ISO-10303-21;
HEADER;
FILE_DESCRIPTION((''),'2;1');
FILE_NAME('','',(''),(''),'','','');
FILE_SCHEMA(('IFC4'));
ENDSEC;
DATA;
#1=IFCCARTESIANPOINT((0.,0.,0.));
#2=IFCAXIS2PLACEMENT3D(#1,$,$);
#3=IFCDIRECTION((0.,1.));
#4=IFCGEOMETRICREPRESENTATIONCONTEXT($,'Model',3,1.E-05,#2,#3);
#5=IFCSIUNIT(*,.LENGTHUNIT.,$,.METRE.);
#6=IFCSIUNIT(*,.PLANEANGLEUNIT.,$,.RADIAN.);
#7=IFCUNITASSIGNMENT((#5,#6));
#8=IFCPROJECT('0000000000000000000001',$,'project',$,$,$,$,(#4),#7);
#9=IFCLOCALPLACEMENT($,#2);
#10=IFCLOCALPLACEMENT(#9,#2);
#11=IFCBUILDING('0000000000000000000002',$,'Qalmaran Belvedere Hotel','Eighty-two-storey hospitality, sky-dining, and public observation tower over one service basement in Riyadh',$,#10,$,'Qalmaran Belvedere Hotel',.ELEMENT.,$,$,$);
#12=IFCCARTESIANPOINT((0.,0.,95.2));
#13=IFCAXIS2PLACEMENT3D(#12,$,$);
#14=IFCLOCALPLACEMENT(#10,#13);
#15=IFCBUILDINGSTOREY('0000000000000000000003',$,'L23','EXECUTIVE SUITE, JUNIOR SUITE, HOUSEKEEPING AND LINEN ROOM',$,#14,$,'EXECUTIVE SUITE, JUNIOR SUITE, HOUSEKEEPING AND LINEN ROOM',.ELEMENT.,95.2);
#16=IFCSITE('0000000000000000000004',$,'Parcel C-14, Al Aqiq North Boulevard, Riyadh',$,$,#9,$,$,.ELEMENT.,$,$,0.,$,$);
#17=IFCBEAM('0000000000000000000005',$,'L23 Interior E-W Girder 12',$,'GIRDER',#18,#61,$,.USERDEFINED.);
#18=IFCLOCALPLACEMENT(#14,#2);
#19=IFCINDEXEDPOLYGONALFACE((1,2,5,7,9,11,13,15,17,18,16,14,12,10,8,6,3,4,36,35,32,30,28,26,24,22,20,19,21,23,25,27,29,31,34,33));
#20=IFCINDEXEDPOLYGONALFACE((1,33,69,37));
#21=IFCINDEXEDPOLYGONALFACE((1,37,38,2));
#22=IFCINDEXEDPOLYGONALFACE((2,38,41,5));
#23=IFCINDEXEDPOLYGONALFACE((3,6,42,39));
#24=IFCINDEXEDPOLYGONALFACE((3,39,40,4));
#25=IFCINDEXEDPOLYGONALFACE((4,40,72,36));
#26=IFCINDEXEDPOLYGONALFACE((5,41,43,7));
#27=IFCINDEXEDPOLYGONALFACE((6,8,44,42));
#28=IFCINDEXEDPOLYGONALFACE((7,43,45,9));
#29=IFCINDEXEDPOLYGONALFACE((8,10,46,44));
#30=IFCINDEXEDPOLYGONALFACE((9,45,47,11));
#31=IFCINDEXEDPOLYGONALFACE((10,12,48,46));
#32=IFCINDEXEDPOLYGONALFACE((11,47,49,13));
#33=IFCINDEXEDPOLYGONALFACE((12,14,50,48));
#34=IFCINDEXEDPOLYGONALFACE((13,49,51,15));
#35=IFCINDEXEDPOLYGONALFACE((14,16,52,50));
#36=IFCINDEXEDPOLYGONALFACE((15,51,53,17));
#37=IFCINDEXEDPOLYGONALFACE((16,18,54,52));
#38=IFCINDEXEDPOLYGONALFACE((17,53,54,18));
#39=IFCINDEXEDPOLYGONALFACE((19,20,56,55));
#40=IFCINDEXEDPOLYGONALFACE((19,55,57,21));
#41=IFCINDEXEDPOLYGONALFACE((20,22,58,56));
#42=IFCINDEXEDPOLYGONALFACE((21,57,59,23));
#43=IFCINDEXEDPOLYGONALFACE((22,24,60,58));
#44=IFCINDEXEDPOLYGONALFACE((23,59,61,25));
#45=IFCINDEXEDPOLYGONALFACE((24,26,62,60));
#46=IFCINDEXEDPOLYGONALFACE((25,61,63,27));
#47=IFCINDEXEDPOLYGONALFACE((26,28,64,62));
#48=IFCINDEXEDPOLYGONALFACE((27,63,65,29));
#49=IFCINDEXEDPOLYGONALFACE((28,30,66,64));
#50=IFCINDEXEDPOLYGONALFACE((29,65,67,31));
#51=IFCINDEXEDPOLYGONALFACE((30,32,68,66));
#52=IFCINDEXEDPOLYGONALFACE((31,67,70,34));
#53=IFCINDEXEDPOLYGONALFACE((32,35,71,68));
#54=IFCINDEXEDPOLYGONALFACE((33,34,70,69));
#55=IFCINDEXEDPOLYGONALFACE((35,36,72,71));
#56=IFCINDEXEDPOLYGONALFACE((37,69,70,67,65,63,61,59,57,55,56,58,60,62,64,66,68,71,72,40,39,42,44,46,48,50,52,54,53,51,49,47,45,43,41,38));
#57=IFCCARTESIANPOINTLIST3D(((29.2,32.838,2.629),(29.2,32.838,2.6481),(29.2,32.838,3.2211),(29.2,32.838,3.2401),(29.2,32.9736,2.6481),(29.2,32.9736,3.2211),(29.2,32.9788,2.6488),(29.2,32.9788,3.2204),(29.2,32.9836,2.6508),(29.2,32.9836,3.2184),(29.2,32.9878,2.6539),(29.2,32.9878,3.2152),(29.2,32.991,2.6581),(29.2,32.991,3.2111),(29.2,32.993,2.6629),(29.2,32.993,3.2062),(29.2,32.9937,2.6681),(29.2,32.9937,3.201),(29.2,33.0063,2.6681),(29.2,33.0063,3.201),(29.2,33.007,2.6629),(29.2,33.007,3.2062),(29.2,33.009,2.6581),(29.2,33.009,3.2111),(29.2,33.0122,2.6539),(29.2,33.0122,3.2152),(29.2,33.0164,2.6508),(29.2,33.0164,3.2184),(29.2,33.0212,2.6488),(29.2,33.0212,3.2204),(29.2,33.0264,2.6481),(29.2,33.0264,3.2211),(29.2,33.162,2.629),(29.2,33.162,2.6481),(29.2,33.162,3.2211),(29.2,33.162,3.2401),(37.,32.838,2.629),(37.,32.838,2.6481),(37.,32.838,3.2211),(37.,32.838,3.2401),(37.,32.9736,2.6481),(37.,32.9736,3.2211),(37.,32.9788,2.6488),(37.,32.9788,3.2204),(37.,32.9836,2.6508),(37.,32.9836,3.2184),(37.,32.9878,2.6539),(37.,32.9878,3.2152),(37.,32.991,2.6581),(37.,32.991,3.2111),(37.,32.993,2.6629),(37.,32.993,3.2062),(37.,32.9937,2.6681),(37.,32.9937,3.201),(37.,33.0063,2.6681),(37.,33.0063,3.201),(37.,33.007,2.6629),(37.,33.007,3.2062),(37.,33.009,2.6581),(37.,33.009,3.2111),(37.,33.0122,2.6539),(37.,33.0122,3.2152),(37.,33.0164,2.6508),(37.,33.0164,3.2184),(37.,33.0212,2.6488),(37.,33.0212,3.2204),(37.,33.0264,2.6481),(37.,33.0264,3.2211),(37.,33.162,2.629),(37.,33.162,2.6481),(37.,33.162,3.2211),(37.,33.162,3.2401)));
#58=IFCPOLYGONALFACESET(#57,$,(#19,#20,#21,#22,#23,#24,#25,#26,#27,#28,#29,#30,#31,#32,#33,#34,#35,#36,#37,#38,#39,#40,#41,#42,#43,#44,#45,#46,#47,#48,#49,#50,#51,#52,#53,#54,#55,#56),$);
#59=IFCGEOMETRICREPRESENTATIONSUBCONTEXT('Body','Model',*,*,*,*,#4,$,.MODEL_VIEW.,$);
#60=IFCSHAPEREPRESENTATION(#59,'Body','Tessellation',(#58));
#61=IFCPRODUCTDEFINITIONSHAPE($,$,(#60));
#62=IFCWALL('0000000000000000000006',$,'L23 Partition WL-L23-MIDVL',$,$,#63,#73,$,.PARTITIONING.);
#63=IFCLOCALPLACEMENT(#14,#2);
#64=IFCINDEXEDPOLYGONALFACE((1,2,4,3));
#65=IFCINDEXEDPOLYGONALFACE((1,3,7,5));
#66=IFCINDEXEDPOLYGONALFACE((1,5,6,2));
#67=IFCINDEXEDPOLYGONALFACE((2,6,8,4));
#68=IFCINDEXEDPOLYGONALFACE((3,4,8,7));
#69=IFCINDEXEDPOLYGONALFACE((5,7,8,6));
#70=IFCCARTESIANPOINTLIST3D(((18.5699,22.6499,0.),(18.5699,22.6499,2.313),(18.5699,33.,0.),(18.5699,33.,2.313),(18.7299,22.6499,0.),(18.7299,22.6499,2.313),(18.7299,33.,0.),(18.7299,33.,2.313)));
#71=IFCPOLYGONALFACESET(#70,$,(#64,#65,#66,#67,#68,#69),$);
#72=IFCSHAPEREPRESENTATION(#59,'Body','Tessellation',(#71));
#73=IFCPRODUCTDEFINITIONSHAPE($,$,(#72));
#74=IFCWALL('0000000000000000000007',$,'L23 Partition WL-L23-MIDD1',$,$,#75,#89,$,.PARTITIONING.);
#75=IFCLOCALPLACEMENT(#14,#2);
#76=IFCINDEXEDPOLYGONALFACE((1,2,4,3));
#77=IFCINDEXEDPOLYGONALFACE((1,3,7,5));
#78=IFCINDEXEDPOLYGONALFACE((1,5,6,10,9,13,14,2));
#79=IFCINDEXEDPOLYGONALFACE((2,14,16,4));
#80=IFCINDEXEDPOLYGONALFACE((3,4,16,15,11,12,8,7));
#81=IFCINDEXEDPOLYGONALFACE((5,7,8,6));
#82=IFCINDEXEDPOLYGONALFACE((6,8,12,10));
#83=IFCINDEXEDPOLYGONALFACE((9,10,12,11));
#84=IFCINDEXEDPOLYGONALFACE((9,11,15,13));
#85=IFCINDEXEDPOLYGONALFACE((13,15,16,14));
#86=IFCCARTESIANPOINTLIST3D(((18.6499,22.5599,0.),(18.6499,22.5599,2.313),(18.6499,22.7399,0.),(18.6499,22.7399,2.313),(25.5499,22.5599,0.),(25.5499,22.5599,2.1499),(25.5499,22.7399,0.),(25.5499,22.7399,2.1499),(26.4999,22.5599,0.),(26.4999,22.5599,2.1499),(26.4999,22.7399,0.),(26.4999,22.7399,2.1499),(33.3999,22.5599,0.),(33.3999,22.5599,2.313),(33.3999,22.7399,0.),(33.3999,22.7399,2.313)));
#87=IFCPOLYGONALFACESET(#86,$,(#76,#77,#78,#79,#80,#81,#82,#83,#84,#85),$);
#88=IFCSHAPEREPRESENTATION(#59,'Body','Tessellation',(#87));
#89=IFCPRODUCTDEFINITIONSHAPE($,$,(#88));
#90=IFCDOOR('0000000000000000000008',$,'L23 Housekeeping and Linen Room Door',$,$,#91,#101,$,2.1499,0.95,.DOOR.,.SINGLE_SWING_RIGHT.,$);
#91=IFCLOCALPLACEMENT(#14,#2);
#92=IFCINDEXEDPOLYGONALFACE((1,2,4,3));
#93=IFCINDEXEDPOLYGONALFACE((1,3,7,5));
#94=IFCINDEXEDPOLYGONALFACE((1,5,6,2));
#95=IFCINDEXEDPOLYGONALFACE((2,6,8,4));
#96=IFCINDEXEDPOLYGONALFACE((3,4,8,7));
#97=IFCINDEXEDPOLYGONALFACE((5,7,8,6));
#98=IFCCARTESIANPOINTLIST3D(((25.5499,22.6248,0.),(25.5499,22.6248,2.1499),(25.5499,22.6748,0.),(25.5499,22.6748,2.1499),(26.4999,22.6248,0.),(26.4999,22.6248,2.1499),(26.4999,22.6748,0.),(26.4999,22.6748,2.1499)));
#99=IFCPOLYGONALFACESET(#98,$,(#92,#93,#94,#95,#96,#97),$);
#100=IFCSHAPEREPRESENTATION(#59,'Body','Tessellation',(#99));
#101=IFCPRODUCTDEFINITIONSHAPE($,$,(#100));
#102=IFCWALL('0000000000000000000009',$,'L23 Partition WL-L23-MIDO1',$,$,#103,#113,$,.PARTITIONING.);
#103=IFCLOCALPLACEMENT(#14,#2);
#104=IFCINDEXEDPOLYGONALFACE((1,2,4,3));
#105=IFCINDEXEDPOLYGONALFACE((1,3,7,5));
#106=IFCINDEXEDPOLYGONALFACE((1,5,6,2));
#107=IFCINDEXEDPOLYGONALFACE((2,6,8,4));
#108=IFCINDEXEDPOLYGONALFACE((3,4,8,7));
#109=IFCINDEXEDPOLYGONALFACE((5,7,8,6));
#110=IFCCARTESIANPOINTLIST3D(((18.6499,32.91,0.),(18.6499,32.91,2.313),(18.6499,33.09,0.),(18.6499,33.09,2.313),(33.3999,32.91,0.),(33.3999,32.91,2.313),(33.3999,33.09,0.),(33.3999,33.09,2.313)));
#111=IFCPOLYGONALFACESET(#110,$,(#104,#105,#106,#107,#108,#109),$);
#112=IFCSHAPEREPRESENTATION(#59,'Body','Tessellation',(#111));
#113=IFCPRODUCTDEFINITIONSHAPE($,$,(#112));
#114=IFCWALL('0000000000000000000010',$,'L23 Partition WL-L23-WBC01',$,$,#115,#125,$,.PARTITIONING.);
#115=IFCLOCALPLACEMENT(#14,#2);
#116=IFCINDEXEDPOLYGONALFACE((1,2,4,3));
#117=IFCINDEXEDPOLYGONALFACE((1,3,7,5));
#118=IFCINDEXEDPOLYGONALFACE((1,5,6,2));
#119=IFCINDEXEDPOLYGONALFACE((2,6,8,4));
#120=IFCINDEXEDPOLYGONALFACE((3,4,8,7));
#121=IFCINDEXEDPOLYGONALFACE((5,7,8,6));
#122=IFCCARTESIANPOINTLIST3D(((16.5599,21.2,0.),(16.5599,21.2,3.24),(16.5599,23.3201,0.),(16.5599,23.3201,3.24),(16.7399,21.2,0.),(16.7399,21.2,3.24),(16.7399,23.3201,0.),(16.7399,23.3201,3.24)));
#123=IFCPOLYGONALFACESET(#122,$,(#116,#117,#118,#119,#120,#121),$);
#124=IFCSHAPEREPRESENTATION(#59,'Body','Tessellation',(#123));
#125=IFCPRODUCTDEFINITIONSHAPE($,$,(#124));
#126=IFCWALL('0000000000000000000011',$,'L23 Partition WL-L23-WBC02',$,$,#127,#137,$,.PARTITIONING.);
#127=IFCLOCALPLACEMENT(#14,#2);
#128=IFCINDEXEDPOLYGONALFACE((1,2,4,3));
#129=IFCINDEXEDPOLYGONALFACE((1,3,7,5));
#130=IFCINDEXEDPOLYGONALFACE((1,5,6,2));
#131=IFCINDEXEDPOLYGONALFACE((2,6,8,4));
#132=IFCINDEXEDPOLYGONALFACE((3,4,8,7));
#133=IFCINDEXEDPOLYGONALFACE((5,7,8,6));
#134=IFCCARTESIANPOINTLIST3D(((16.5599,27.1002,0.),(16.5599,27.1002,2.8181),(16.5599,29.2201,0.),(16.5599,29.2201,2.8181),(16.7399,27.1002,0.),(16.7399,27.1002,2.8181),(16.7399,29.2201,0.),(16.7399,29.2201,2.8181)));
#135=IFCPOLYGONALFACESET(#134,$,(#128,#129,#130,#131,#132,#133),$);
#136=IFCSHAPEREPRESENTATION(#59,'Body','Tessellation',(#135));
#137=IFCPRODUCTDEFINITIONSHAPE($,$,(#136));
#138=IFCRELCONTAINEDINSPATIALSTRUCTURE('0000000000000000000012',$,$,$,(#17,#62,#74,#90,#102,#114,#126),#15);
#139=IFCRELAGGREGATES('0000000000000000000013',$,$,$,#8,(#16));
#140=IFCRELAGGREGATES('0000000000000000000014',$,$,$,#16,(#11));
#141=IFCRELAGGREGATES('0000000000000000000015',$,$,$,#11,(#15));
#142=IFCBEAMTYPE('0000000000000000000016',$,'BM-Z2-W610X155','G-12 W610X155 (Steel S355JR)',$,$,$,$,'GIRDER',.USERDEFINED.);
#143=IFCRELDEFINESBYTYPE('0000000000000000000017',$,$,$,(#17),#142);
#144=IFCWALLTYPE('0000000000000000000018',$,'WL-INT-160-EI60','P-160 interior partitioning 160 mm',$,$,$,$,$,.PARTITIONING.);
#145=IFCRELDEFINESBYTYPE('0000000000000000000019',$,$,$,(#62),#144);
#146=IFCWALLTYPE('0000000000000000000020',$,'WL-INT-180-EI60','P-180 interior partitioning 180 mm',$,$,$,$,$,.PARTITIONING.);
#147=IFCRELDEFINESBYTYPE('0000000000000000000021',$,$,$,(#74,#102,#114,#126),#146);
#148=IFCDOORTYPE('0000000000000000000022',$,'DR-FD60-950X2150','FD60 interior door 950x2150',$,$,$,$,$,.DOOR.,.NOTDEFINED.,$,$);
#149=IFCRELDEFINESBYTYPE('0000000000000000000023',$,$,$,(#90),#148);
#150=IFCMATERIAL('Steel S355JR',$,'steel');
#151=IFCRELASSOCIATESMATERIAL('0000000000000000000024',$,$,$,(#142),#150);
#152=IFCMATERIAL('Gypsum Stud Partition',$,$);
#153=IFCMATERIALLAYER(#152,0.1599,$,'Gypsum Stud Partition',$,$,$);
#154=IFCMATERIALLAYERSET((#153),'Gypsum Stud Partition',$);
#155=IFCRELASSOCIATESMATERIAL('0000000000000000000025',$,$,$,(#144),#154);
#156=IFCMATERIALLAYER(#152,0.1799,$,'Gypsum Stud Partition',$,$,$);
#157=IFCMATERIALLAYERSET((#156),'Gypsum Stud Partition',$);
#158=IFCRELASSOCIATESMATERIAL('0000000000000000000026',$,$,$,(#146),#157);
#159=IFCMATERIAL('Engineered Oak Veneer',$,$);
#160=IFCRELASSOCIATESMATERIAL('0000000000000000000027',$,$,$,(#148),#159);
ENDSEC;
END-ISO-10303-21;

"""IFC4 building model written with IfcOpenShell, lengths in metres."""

from ifc_helpers import new_model, si_unit, direction, frame, frame_2d, origin, origin_2d, place, context, subcontext, project, spatial, rectangle, i_section, extrude, material, layer, layer_set, material_profile, profile_set, type_object, element, fill, save


model = new_model("IFC4")

# Units and contexts
model_context = context("Model", 3, precision=1e-05, world=origin(), true_north=direction((0.0, 1.0)))
body_context = subcontext(model_context, "Body", "Model", "MODEL_VIEW")
ifc_project = project(units=[si_unit("LENGTHUNIT", "METRE"), si_unit("PLANEANGLEUNIT", "RADIAN")], contexts=[model_context])

# Site, building, storey
site_placement = place(None, origin())
site = spatial("IfcSite", under=ifc_project, at=site_placement, Name="Parcel C-14, Al Aqiq North Boulevard, Riyadh", CompositionType="ELEMENT", RefElevation=0.0)
building_placement = place(site_placement, origin())
building = spatial("IfcBuilding", under=site, at=building_placement, Name="Qalmaran Belvedere Hotel", Description="Eighty-two-storey hospitality, sky-dining, and public observation tower over one service basement in Riyadh", LongName="Qalmaran Belvedere Hotel", CompositionType="ELEMENT")
storey_placement = place(building_placement, frame((0.0, 0.0, 95.2)))
storey = spatial("IfcBuildingStorey", under=building, at=storey_placement, Name="L23", Description="EXECUTIVE SUITE, JUNIOR SUITE, HOUSEKEEPING AND LINEN ROOM", LongName="EXECUTIVE SUITE, JUNIOR SUITE, HOUSEKEEPING AND LINEN ROOM", CompositionType="ELEMENT", Elevation=95.2)

# Beam
ifc_material_1 = material(Name="Steel S355JR", Category="steel")
ifc_material_profile_1 = material_profile(ifc_material_1, i_section(OverallWidth=0.324, OverallDepth=0.6111, WebThickness=0.0127, FlangeThickness=0.019, FilletRadius=0.02, at=origin_2d()), Name="W610X155")
ifc_profile_set_1 = profile_set([ifc_material_profile_1], Name="Steel S355JR")
beam_type_1 = type_object("IfcBeamType", Name="BM-Z2-W610X155", Description="G-12 W610X155 (Steel S355JR)", ElementType="GIRDER", PredefinedType="USERDEFINED", material=ifc_profile_set_1)
beam_1_placement = place(storey_placement, frame((29.2, 33.0, 2.9346), z_axis=(1.0, 0.0, 0.0), x_axis=(0.0, 1.0, 0.0)))
element("IfcBeam", 1, at=beam_1_placement, inside=storey, type_object=beam_type_1, Name="L23 Interior E-W Girder 12", ObjectType="GIRDER", PredefinedType="USERDEFINED", context=body_context, shape_type="SweptSolid", body=[
    extrude(i_section(OverallWidth=0.324, OverallDepth=0.6111, WebThickness=0.0127, FlangeThickness=0.019, FilletRadius=0.02, at=origin_2d()), origin(), (0.0, 0.0, 1.0), 7.8),
])

# Shared definitions
ifc_material_2 = material(Name="Gypsum Stud Partition")

# Wall
ifc_layer_1 = layer(ifc_material_2, 0.1599, Name="Gypsum Stud Partition")
ifc_layer_set_1 = layer_set([ifc_layer_1], Name="Gypsum Stud Partition")
wall_type_1 = type_object("IfcWallType", Name="WL-INT-160-EI60", Description="P-160 interior partitioning 160 mm", PredefinedType="PARTITIONING", material=ifc_layer_set_1)
wall_1_placement = place(storey_placement, frame((18.6499, 22.6499, 0.0), z_axis=(0.0, 0.0, 1.0), x_axis=(0.0, 1.0, 0.0)))
element("IfcWall", 2, at=wall_1_placement, inside=storey, type_object=wall_type_1, Name="L23 Partition WL-L23-MIDVL", PredefinedType="PARTITIONING", context=body_context, shape_type="SweptSolid", body=[
    extrude(rectangle(XDim=10.3501, YDim=0.1599, at=frame_2d((5.175, 0.0))), origin(), (0.0, 0.0, 1.0), 2.313),
])

# Wall, opening, door
ifc_layer_2 = layer(ifc_material_2, 0.1799, Name="Gypsum Stud Partition")
ifc_layer_set_2 = layer_set([ifc_layer_2], Name="Gypsum Stud Partition")
wall_type_2 = type_object("IfcWallType", Name="WL-INT-180-EI60", Description="P-180 interior partitioning 180 mm", PredefinedType="PARTITIONING", material=ifc_layer_set_2)
wall_2_placement = place(storey_placement, frame((18.6499, 22.6499, 0.0), z_axis=(0.0, 0.0, 1.0), x_axis=(1.0, 0.0, 0.0)))
wall_2 = element("IfcWall", 3, at=wall_2_placement, inside=storey, type_object=wall_type_2, Name="L23 Partition WL-L23-MIDD1", PredefinedType="PARTITIONING", context=body_context, shape_type="SweptSolid", body=[
    extrude(rectangle(XDim=14.75, YDim=0.1799, at=frame_2d((7.375, 0.0))), origin(), (0.0, 0.0, 1.0), 2.313),
])
opening_1_placement = place(wall_2_placement, frame((6.8999, 0.0, 0.0)))
opening_1 = element("IfcOpeningElement", 4, at=opening_1_placement, cuts=wall_2, PredefinedType="OPENING", context=body_context, shape_type="SweptSolid", body=[
    extrude(rectangle(XDim=0.95, YDim=2.1499, at=frame_2d((0.4751, 1.075))), frame((0.0, 0.1001, 0.0), z_axis=(0.0, -1.0, 0.0), x_axis=(1.0, 0.0, 0.0)), (0.0, 0.0, 1.0), 0.2),
])
ifc_material_3 = material(Name="Engineered Oak Veneer")
door_type_1 = type_object("IfcDoorType", Name="DR-FD60-950X2150", Description="FD60 interior door 950x2150", OperationType="NOTDEFINED", PredefinedType="DOOR", material=ifc_material_3)
door_1_placement = place(opening_1_placement, origin())
door_1 = element("IfcDoor", 5, at=door_1_placement, inside=storey, type_object=door_type_1, Name="L23 Housekeeping and Linen Room Door", OperationType="SINGLE_SWING_RIGHT", OverallHeight=2.1499, OverallWidth=0.95, PredefinedType="DOOR", context=body_context, shape_type="SweptSolid", body=[
    extrude(rectangle(XDim=0.95, YDim=2.1499, at=frame_2d((0.4751, 1.075))), frame((0.0, 0.0249, 0.0), z_axis=(0.0, -1.0, 0.0), x_axis=(1.0, 0.0, 0.0)), (0.0, 0.0, 1.0), 0.05),
])
fill(opening_1, door_1)

# Walls
wall_3_placement = place(storey_placement, frame((18.6499, 33.0, 0.0), z_axis=(0.0, 0.0, 1.0), x_axis=(1.0, 0.0, 0.0)))
element("IfcWall", 6, at=wall_3_placement, inside=storey, type_object=wall_type_2, Name="L23 Partition WL-L23-MIDO1", PredefinedType="PARTITIONING", context=body_context, shape_type="SweptSolid", body=[
    extrude(rectangle(XDim=14.75, YDim=0.1799, at=frame_2d((7.375, 0.0))), origin(), (0.0, 0.0, 1.0), 2.313),
])
wall_4_placement = place(storey_placement, frame((16.6499, 21.2, 0.0), z_axis=(0.0, 0.0, 1.0), x_axis=(0.0, 1.0, 0.0)))
element("IfcWall", 7, at=wall_4_placement, inside=storey, type_object=wall_type_2, Name="L23 Partition WL-L23-WBC01", PredefinedType="PARTITIONING", context=body_context, shape_type="SweptSolid", body=[
    extrude(rectangle(XDim=2.1201, YDim=0.1799, at=frame_2d((1.0601, 0.0))), origin(), (0.0, 0.0, 1.0), 3.24),
])

# Wall
wall_5_placement = place(storey_placement, frame((16.6499, 27.1001, 0.0), z_axis=(0.0, 0.0, 1.0), x_axis=(0.0, 1.0, 0.0)))
element("IfcWall", 8, at=wall_5_placement, inside=storey, type_object=wall_type_2, Name="L23 Partition WL-L23-WBC02", PredefinedType="PARTITIONING", context=body_context, shape_type="SweptSolid", body=[
    extrude(rectangle(XDim=2.1199, YDim=0.1799, at=frame_2d((1.0601, 0.0))), origin(), (0.0, 0.0, 1.0), 2.8181),
])

save(model, "model.ifc")
